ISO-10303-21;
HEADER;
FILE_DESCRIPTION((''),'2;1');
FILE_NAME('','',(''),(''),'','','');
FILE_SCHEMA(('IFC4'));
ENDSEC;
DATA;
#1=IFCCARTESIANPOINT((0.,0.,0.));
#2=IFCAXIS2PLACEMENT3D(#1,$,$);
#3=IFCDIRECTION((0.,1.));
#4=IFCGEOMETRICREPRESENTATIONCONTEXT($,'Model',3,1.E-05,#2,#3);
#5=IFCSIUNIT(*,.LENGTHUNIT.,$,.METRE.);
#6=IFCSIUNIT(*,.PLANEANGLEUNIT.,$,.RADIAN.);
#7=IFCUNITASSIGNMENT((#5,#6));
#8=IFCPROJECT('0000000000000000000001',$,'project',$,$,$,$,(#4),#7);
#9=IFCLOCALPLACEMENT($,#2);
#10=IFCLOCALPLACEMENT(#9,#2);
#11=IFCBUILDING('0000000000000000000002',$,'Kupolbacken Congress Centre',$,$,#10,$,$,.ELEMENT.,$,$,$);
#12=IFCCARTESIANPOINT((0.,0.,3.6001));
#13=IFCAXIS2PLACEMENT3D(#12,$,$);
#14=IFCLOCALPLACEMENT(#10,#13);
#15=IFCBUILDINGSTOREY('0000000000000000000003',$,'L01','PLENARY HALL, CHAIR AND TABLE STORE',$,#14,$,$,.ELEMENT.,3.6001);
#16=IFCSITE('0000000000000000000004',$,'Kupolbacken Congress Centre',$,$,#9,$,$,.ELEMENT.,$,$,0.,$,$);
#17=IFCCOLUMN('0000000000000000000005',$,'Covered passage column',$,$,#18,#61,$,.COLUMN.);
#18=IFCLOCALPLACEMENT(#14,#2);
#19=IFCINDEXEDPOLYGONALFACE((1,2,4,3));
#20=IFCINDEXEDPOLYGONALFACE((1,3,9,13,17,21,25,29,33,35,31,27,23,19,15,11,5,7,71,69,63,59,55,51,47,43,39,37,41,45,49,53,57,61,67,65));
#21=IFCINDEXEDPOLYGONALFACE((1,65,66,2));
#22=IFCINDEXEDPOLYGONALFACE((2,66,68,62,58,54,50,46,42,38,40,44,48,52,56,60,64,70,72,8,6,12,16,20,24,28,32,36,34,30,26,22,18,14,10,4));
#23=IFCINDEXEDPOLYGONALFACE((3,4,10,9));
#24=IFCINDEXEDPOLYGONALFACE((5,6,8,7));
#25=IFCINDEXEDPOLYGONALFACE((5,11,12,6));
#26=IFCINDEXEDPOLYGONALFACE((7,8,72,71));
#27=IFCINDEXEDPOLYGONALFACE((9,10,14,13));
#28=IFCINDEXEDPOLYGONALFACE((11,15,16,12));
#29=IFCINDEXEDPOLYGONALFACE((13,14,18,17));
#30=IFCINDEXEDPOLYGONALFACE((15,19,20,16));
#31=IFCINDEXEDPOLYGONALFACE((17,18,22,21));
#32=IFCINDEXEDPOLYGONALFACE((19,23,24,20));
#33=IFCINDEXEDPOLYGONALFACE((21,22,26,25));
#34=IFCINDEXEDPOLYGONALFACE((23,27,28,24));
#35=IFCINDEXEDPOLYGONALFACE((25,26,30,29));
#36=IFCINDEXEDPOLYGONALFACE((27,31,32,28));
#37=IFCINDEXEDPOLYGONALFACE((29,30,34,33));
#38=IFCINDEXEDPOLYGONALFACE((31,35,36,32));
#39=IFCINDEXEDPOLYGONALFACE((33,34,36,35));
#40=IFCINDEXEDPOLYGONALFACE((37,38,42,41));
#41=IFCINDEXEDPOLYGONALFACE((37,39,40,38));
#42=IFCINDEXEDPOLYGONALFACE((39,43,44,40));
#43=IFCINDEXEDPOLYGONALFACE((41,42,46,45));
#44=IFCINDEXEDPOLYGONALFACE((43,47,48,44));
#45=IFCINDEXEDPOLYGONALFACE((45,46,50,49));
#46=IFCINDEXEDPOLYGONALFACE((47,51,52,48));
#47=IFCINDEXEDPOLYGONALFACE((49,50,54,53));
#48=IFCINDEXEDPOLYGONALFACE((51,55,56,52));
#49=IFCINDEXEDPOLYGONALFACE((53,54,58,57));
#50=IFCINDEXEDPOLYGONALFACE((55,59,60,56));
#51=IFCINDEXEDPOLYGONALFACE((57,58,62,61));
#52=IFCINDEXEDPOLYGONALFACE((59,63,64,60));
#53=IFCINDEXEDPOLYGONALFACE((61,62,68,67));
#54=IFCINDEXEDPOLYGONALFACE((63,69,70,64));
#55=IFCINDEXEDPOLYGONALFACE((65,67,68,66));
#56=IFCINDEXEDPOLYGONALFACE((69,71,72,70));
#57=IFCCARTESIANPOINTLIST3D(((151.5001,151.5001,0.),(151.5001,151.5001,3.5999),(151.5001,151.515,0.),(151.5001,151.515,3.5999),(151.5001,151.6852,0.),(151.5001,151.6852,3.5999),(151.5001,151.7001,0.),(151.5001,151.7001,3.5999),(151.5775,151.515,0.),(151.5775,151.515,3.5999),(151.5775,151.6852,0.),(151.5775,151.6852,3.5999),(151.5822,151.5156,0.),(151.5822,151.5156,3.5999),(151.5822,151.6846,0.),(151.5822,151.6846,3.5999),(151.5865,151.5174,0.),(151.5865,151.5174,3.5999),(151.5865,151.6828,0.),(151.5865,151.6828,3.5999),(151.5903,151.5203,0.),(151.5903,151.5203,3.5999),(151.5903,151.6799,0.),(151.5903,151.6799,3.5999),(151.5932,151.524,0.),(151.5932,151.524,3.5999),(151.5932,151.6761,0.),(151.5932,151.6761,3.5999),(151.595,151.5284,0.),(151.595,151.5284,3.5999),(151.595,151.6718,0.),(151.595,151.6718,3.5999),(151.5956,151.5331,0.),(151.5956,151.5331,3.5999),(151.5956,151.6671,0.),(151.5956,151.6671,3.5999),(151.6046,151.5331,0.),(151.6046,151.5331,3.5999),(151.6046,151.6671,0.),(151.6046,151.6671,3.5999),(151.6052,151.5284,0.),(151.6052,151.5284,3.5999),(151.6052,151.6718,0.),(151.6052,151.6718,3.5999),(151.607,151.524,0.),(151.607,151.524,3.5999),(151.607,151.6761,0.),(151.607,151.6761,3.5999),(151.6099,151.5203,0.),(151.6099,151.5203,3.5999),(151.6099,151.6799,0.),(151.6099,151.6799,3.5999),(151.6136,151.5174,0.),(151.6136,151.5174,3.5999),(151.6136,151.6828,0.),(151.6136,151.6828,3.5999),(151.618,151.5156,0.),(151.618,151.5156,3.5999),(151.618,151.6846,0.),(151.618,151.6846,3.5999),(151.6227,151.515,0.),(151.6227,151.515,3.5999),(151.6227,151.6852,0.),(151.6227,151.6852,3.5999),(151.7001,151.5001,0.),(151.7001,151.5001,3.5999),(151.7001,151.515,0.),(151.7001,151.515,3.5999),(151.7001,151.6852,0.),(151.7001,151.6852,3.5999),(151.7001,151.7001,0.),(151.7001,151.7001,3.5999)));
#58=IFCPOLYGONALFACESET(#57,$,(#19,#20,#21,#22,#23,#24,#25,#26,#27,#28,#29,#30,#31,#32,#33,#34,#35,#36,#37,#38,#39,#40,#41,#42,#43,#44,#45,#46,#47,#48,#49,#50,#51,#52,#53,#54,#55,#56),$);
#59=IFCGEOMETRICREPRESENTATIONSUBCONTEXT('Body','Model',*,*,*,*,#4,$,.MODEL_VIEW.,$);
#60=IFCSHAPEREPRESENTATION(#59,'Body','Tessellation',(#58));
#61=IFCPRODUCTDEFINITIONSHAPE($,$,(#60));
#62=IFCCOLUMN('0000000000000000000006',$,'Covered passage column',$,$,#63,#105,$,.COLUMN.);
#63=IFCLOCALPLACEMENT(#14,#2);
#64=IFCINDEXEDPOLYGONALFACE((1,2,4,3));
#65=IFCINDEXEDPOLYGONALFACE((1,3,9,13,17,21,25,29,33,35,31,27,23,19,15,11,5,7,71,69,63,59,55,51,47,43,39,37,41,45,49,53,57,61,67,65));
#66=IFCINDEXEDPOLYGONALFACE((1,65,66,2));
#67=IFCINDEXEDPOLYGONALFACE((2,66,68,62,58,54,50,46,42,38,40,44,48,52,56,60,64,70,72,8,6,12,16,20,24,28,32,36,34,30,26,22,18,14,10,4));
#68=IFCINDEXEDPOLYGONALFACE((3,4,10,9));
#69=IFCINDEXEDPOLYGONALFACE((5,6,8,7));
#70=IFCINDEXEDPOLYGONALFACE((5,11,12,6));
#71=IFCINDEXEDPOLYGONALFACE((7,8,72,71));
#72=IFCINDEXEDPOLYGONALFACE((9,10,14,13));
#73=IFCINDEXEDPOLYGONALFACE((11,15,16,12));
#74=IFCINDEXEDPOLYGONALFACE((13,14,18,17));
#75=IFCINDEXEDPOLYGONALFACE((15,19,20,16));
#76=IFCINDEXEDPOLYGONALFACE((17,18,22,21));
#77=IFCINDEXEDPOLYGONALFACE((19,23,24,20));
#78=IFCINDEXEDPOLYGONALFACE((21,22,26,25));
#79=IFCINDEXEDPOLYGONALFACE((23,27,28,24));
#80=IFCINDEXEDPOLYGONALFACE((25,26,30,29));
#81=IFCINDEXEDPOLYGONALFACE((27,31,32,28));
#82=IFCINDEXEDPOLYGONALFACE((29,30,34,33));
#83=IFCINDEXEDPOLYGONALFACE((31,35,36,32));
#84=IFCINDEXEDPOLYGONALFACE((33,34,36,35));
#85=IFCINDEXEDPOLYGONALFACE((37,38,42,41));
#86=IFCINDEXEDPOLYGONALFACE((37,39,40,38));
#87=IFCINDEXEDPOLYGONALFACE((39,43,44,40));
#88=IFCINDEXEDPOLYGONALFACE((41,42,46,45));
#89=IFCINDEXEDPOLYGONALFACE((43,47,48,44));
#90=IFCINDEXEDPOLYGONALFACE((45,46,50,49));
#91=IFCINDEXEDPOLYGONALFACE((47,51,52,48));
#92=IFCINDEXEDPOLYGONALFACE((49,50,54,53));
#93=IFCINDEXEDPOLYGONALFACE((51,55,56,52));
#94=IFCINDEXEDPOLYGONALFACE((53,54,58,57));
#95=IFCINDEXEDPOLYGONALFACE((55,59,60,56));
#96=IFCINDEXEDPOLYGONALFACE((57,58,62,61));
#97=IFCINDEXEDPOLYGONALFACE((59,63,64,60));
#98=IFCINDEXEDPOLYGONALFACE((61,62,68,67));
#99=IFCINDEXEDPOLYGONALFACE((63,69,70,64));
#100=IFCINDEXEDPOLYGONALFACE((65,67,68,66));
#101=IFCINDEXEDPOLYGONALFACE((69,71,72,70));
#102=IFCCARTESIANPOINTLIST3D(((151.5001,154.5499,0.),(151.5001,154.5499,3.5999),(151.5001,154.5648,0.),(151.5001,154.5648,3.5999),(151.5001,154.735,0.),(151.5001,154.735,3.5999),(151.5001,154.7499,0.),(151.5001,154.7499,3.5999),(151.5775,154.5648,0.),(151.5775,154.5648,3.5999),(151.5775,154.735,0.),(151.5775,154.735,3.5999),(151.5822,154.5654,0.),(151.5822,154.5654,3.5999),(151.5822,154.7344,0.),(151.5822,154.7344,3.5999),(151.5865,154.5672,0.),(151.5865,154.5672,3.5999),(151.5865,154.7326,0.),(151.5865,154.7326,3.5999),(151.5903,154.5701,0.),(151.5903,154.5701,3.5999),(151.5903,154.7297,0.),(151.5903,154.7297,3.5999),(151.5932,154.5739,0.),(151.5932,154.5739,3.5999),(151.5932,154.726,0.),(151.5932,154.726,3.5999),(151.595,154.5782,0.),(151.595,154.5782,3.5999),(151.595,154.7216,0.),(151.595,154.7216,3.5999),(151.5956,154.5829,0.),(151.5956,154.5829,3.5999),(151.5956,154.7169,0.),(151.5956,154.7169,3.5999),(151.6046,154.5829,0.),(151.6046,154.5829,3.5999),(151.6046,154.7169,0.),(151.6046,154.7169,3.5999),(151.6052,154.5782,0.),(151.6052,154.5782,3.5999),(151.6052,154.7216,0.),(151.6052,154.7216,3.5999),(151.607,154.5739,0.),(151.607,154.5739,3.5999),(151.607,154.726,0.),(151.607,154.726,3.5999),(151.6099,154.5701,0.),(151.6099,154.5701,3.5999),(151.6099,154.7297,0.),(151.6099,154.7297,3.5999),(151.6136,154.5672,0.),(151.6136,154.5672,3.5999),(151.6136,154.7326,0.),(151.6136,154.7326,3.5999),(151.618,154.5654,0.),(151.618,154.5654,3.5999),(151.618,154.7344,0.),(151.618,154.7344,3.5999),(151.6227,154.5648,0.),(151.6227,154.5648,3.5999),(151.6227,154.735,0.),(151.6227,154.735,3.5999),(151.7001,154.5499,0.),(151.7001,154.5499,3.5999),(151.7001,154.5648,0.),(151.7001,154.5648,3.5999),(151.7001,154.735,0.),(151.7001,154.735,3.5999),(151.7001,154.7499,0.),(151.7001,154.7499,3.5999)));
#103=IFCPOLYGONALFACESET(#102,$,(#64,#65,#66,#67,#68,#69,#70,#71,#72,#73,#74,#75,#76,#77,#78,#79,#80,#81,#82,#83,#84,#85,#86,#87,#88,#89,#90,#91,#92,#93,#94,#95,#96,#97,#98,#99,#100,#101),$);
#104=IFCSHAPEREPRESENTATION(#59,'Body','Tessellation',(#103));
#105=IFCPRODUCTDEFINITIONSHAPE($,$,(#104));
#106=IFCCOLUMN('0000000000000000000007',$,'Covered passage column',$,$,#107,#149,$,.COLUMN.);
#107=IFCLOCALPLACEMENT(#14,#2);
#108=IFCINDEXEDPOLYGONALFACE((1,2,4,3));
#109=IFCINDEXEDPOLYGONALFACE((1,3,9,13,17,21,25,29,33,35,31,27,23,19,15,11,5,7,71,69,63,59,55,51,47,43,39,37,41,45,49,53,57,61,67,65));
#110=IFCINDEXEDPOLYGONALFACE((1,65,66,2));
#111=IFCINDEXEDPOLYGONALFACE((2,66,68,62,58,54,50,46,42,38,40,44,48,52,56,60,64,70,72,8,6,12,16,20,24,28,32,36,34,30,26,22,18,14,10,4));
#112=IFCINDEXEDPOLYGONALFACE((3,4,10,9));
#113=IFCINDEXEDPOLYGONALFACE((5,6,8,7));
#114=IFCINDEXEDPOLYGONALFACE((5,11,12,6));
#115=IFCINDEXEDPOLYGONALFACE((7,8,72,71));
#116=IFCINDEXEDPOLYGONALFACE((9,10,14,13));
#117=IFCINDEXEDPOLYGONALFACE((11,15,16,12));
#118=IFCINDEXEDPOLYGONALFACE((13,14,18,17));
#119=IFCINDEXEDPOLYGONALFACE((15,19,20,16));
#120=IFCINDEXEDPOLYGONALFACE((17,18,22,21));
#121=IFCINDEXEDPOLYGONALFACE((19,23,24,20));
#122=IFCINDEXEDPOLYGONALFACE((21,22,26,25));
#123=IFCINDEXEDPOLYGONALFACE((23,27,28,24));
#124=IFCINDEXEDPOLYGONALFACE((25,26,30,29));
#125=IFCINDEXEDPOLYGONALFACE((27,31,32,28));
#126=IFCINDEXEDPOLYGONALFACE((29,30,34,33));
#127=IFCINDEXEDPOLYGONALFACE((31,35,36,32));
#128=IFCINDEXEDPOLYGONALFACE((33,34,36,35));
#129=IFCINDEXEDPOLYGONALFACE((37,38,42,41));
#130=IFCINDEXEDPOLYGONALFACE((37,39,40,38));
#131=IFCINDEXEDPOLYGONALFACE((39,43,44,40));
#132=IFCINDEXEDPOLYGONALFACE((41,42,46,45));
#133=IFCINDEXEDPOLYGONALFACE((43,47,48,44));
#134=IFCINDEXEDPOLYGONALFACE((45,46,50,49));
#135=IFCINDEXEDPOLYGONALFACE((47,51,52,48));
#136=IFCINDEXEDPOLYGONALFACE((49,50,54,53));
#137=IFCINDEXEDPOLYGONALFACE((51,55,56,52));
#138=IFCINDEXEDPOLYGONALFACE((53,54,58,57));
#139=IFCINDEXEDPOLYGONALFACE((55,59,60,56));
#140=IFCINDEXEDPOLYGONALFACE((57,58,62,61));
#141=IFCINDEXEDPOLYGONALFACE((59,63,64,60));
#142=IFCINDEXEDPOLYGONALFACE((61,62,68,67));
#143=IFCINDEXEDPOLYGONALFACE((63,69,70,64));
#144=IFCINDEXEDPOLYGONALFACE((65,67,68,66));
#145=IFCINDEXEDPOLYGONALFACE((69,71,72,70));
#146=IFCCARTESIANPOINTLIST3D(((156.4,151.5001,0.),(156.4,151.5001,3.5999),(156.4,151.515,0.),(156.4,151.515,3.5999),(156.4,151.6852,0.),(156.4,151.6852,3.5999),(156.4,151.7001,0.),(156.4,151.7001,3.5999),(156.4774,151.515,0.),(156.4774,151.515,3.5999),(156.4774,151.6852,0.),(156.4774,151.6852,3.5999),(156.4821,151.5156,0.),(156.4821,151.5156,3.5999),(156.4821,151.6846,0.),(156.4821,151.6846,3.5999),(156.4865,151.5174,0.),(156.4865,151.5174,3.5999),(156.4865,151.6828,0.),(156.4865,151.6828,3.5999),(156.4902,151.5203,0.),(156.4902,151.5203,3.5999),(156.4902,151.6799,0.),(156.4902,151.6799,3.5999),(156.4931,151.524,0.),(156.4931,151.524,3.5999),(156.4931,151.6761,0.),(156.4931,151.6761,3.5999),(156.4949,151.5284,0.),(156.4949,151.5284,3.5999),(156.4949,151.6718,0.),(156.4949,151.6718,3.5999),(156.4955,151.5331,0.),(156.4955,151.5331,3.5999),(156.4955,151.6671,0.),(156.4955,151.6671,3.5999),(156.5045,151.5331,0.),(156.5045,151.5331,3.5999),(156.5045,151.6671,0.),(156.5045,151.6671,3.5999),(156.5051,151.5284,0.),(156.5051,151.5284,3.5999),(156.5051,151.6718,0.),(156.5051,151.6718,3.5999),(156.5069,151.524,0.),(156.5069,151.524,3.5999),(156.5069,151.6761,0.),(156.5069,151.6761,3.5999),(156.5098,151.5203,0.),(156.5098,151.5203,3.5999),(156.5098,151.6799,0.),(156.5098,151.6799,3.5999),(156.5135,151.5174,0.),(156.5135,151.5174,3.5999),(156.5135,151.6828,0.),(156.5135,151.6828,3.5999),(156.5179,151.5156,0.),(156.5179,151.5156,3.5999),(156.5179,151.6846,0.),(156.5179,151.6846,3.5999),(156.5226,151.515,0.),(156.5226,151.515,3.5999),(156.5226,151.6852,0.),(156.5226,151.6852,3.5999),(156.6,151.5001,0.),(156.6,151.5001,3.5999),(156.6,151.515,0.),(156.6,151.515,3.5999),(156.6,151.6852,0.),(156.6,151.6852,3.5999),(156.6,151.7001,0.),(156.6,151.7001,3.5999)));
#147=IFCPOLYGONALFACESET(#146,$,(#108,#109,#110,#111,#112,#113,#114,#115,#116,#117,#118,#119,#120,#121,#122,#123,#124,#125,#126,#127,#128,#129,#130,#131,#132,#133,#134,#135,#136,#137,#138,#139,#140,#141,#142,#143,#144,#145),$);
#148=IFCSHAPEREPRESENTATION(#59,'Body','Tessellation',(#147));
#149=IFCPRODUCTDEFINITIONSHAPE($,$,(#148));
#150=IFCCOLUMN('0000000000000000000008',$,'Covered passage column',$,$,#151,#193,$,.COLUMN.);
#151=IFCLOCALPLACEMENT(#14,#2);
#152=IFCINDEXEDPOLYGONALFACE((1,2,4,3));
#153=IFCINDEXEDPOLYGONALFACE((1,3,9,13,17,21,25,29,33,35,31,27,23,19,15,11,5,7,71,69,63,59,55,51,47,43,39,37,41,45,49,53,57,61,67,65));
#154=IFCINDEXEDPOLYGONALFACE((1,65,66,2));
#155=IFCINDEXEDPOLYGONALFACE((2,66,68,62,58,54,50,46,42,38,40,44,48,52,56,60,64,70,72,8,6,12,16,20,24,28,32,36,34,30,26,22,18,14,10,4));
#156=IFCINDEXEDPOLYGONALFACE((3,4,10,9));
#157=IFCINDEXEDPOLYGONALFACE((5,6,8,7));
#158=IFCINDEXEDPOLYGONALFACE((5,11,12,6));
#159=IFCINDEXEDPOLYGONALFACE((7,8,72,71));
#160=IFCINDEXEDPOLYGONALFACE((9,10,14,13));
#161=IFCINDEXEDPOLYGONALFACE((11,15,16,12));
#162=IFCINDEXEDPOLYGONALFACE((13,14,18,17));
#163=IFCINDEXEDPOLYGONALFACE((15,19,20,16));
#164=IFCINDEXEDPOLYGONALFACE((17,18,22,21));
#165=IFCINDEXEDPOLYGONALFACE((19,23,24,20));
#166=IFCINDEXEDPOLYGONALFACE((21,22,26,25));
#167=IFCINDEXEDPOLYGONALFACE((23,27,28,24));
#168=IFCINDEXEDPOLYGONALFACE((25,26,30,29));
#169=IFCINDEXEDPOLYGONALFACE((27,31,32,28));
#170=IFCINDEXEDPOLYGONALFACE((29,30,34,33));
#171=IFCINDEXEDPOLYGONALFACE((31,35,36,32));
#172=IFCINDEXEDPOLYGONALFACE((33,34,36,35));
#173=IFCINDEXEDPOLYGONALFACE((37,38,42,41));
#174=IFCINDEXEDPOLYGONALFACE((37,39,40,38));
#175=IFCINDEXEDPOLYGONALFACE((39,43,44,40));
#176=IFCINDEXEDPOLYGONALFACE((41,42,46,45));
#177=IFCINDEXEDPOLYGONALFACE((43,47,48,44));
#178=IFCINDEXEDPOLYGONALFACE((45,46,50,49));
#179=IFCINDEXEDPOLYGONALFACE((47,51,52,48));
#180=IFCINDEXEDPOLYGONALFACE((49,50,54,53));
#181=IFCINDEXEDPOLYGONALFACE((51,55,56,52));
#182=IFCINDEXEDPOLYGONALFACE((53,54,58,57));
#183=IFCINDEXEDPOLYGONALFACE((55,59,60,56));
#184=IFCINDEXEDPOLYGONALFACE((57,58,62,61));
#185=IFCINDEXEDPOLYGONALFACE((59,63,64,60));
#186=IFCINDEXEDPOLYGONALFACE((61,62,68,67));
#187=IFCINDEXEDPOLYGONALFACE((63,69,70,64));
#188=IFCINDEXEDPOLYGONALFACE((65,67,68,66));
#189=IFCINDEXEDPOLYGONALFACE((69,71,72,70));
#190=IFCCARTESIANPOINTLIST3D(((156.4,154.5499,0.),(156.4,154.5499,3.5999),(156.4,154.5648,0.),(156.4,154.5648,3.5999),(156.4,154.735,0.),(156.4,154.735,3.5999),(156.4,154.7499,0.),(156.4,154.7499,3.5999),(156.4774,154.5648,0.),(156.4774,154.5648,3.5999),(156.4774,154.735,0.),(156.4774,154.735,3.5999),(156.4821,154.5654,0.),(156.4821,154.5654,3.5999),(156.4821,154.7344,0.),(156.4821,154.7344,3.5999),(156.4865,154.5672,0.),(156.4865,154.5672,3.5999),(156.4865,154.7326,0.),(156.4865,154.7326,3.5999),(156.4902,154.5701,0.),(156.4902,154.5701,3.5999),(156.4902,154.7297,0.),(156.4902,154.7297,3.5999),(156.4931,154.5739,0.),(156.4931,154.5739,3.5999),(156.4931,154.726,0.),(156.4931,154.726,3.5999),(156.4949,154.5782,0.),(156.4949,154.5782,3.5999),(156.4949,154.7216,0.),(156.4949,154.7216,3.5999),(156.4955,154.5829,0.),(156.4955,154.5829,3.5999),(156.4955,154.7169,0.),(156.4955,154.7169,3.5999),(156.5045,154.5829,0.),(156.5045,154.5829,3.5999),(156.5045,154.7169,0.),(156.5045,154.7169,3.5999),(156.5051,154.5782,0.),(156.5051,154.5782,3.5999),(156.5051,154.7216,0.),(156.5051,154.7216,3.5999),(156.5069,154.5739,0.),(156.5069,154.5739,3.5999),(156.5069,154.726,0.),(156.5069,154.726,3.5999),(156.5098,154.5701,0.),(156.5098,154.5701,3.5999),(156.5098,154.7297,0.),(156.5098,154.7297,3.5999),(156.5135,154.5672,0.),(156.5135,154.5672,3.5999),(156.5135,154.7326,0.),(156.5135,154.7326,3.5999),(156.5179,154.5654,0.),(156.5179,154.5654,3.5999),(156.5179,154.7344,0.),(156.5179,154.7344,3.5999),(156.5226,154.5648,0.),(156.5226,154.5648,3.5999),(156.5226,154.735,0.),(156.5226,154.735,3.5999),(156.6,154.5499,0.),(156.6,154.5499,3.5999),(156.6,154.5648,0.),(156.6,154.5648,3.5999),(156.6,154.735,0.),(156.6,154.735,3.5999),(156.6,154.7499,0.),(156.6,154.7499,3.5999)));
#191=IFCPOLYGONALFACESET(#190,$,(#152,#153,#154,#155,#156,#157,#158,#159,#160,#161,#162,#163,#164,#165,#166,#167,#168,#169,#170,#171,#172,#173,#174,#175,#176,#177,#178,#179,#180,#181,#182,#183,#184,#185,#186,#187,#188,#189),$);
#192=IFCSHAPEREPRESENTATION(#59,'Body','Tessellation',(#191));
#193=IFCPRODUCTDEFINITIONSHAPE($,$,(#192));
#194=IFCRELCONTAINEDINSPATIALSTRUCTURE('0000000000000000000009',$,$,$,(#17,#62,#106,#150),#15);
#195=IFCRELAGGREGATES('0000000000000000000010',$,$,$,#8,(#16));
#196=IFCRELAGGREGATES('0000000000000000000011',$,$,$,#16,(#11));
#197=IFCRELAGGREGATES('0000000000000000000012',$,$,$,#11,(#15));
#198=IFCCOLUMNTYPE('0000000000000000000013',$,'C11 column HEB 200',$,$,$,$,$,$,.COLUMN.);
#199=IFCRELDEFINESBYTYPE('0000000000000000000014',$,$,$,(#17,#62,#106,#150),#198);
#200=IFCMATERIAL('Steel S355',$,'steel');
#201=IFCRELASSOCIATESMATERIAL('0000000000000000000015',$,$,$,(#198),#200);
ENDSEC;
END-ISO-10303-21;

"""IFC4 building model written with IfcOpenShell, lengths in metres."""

from ifc_helpers import new_model, si_unit, direction, frame, origin, origin_2d, place, context, subcontext, project, spatial, i_section, extrude, material, material_profile, profile_set, type_object, element, save


model = new_model("IFC4")

# Units and contexts
model_context = context("Model", 3, precision=1e-05, world=origin(), true_north=direction((0.0, 1.0)))
body_context = subcontext(model_context, "Body", "Model", "MODEL_VIEW")
ifc_project = project(units=[si_unit("LENGTHUNIT", "METRE"), si_unit("PLANEANGLEUNIT", "RADIAN")], contexts=[model_context])

# Site, building, storey
site_placement = place(None, origin())
site = spatial("IfcSite", under=ifc_project, at=site_placement, Name="Kupolbacken Congress Centre", CompositionType="ELEMENT", RefElevation=0.0)
building_placement = place(site_placement, origin())
building = spatial("IfcBuilding", under=site, at=building_placement, Name="Kupolbacken Congress Centre", CompositionType="ELEMENT")
storey_placement = place(building_placement, frame((0.0, 0.0, 3.6001)))
storey = spatial("IfcBuildingStorey", under=building, at=storey_placement, Name="L01", Description="PLENARY HALL, CHAIR AND TABLE STORE", CompositionType="ELEMENT", Elevation=3.6001)

# Columns
ifc_material_1 = material(Name="Steel S355", Category="steel")
ifc_material_profile_1 = material_profile(ifc_material_1, i_section(OverallWidth=0.2, OverallDepth=0.2, WebThickness=0.009, FlangeThickness=0.0149, FilletRadius=0.0181, at=origin_2d()), Name="HEB 200")
ifc_profile_set_1 = profile_set([ifc_material_profile_1], Name="Steel S355")
column_type_1 = type_object("IfcColumnType", Name="C11 column HEB 200", PredefinedType="COLUMN", material=ifc_profile_set_1)
for number, where, z_axis, x_axis, name in (
    (1, (151.6001, 151.6001, 0.0), (0.0, 0.0, 1.0), (1.0, 0.0, 0.0), "Covered passage column"),
    (2, (151.6001, 154.6499, 0.0), (0.0, 0.0, 1.0), (1.0, 0.0, 0.0), "Covered passage column"),
    (3, (156.5, 151.6001, 0.0), (0.0, 0.0, 1.0), (1.0, 0.0, 0.0), "Covered passage column"),
    (4, (156.5, 154.6499, 0.0), (0.0, 0.0, 1.0), (1.0, 0.0, 0.0), "Covered passage column"),
):
    element("IfcColumn", number, at=place(storey_placement, frame(where, z_axis=z_axis, x_axis=x_axis)), inside=storey, type_object=column_type_1, Name=name, PredefinedType="COLUMN", context=body_context, shape_type="SweptSolid", body=[
        extrude(i_section(OverallWidth=0.2, OverallDepth=0.2, WebThickness=0.009, FlangeThickness=0.0149, FilletRadius=0.0181, at=origin_2d()), origin(), (0.0, 0.0, 1.0), 3.5999),
    ])

save(model, "model.ifc")
